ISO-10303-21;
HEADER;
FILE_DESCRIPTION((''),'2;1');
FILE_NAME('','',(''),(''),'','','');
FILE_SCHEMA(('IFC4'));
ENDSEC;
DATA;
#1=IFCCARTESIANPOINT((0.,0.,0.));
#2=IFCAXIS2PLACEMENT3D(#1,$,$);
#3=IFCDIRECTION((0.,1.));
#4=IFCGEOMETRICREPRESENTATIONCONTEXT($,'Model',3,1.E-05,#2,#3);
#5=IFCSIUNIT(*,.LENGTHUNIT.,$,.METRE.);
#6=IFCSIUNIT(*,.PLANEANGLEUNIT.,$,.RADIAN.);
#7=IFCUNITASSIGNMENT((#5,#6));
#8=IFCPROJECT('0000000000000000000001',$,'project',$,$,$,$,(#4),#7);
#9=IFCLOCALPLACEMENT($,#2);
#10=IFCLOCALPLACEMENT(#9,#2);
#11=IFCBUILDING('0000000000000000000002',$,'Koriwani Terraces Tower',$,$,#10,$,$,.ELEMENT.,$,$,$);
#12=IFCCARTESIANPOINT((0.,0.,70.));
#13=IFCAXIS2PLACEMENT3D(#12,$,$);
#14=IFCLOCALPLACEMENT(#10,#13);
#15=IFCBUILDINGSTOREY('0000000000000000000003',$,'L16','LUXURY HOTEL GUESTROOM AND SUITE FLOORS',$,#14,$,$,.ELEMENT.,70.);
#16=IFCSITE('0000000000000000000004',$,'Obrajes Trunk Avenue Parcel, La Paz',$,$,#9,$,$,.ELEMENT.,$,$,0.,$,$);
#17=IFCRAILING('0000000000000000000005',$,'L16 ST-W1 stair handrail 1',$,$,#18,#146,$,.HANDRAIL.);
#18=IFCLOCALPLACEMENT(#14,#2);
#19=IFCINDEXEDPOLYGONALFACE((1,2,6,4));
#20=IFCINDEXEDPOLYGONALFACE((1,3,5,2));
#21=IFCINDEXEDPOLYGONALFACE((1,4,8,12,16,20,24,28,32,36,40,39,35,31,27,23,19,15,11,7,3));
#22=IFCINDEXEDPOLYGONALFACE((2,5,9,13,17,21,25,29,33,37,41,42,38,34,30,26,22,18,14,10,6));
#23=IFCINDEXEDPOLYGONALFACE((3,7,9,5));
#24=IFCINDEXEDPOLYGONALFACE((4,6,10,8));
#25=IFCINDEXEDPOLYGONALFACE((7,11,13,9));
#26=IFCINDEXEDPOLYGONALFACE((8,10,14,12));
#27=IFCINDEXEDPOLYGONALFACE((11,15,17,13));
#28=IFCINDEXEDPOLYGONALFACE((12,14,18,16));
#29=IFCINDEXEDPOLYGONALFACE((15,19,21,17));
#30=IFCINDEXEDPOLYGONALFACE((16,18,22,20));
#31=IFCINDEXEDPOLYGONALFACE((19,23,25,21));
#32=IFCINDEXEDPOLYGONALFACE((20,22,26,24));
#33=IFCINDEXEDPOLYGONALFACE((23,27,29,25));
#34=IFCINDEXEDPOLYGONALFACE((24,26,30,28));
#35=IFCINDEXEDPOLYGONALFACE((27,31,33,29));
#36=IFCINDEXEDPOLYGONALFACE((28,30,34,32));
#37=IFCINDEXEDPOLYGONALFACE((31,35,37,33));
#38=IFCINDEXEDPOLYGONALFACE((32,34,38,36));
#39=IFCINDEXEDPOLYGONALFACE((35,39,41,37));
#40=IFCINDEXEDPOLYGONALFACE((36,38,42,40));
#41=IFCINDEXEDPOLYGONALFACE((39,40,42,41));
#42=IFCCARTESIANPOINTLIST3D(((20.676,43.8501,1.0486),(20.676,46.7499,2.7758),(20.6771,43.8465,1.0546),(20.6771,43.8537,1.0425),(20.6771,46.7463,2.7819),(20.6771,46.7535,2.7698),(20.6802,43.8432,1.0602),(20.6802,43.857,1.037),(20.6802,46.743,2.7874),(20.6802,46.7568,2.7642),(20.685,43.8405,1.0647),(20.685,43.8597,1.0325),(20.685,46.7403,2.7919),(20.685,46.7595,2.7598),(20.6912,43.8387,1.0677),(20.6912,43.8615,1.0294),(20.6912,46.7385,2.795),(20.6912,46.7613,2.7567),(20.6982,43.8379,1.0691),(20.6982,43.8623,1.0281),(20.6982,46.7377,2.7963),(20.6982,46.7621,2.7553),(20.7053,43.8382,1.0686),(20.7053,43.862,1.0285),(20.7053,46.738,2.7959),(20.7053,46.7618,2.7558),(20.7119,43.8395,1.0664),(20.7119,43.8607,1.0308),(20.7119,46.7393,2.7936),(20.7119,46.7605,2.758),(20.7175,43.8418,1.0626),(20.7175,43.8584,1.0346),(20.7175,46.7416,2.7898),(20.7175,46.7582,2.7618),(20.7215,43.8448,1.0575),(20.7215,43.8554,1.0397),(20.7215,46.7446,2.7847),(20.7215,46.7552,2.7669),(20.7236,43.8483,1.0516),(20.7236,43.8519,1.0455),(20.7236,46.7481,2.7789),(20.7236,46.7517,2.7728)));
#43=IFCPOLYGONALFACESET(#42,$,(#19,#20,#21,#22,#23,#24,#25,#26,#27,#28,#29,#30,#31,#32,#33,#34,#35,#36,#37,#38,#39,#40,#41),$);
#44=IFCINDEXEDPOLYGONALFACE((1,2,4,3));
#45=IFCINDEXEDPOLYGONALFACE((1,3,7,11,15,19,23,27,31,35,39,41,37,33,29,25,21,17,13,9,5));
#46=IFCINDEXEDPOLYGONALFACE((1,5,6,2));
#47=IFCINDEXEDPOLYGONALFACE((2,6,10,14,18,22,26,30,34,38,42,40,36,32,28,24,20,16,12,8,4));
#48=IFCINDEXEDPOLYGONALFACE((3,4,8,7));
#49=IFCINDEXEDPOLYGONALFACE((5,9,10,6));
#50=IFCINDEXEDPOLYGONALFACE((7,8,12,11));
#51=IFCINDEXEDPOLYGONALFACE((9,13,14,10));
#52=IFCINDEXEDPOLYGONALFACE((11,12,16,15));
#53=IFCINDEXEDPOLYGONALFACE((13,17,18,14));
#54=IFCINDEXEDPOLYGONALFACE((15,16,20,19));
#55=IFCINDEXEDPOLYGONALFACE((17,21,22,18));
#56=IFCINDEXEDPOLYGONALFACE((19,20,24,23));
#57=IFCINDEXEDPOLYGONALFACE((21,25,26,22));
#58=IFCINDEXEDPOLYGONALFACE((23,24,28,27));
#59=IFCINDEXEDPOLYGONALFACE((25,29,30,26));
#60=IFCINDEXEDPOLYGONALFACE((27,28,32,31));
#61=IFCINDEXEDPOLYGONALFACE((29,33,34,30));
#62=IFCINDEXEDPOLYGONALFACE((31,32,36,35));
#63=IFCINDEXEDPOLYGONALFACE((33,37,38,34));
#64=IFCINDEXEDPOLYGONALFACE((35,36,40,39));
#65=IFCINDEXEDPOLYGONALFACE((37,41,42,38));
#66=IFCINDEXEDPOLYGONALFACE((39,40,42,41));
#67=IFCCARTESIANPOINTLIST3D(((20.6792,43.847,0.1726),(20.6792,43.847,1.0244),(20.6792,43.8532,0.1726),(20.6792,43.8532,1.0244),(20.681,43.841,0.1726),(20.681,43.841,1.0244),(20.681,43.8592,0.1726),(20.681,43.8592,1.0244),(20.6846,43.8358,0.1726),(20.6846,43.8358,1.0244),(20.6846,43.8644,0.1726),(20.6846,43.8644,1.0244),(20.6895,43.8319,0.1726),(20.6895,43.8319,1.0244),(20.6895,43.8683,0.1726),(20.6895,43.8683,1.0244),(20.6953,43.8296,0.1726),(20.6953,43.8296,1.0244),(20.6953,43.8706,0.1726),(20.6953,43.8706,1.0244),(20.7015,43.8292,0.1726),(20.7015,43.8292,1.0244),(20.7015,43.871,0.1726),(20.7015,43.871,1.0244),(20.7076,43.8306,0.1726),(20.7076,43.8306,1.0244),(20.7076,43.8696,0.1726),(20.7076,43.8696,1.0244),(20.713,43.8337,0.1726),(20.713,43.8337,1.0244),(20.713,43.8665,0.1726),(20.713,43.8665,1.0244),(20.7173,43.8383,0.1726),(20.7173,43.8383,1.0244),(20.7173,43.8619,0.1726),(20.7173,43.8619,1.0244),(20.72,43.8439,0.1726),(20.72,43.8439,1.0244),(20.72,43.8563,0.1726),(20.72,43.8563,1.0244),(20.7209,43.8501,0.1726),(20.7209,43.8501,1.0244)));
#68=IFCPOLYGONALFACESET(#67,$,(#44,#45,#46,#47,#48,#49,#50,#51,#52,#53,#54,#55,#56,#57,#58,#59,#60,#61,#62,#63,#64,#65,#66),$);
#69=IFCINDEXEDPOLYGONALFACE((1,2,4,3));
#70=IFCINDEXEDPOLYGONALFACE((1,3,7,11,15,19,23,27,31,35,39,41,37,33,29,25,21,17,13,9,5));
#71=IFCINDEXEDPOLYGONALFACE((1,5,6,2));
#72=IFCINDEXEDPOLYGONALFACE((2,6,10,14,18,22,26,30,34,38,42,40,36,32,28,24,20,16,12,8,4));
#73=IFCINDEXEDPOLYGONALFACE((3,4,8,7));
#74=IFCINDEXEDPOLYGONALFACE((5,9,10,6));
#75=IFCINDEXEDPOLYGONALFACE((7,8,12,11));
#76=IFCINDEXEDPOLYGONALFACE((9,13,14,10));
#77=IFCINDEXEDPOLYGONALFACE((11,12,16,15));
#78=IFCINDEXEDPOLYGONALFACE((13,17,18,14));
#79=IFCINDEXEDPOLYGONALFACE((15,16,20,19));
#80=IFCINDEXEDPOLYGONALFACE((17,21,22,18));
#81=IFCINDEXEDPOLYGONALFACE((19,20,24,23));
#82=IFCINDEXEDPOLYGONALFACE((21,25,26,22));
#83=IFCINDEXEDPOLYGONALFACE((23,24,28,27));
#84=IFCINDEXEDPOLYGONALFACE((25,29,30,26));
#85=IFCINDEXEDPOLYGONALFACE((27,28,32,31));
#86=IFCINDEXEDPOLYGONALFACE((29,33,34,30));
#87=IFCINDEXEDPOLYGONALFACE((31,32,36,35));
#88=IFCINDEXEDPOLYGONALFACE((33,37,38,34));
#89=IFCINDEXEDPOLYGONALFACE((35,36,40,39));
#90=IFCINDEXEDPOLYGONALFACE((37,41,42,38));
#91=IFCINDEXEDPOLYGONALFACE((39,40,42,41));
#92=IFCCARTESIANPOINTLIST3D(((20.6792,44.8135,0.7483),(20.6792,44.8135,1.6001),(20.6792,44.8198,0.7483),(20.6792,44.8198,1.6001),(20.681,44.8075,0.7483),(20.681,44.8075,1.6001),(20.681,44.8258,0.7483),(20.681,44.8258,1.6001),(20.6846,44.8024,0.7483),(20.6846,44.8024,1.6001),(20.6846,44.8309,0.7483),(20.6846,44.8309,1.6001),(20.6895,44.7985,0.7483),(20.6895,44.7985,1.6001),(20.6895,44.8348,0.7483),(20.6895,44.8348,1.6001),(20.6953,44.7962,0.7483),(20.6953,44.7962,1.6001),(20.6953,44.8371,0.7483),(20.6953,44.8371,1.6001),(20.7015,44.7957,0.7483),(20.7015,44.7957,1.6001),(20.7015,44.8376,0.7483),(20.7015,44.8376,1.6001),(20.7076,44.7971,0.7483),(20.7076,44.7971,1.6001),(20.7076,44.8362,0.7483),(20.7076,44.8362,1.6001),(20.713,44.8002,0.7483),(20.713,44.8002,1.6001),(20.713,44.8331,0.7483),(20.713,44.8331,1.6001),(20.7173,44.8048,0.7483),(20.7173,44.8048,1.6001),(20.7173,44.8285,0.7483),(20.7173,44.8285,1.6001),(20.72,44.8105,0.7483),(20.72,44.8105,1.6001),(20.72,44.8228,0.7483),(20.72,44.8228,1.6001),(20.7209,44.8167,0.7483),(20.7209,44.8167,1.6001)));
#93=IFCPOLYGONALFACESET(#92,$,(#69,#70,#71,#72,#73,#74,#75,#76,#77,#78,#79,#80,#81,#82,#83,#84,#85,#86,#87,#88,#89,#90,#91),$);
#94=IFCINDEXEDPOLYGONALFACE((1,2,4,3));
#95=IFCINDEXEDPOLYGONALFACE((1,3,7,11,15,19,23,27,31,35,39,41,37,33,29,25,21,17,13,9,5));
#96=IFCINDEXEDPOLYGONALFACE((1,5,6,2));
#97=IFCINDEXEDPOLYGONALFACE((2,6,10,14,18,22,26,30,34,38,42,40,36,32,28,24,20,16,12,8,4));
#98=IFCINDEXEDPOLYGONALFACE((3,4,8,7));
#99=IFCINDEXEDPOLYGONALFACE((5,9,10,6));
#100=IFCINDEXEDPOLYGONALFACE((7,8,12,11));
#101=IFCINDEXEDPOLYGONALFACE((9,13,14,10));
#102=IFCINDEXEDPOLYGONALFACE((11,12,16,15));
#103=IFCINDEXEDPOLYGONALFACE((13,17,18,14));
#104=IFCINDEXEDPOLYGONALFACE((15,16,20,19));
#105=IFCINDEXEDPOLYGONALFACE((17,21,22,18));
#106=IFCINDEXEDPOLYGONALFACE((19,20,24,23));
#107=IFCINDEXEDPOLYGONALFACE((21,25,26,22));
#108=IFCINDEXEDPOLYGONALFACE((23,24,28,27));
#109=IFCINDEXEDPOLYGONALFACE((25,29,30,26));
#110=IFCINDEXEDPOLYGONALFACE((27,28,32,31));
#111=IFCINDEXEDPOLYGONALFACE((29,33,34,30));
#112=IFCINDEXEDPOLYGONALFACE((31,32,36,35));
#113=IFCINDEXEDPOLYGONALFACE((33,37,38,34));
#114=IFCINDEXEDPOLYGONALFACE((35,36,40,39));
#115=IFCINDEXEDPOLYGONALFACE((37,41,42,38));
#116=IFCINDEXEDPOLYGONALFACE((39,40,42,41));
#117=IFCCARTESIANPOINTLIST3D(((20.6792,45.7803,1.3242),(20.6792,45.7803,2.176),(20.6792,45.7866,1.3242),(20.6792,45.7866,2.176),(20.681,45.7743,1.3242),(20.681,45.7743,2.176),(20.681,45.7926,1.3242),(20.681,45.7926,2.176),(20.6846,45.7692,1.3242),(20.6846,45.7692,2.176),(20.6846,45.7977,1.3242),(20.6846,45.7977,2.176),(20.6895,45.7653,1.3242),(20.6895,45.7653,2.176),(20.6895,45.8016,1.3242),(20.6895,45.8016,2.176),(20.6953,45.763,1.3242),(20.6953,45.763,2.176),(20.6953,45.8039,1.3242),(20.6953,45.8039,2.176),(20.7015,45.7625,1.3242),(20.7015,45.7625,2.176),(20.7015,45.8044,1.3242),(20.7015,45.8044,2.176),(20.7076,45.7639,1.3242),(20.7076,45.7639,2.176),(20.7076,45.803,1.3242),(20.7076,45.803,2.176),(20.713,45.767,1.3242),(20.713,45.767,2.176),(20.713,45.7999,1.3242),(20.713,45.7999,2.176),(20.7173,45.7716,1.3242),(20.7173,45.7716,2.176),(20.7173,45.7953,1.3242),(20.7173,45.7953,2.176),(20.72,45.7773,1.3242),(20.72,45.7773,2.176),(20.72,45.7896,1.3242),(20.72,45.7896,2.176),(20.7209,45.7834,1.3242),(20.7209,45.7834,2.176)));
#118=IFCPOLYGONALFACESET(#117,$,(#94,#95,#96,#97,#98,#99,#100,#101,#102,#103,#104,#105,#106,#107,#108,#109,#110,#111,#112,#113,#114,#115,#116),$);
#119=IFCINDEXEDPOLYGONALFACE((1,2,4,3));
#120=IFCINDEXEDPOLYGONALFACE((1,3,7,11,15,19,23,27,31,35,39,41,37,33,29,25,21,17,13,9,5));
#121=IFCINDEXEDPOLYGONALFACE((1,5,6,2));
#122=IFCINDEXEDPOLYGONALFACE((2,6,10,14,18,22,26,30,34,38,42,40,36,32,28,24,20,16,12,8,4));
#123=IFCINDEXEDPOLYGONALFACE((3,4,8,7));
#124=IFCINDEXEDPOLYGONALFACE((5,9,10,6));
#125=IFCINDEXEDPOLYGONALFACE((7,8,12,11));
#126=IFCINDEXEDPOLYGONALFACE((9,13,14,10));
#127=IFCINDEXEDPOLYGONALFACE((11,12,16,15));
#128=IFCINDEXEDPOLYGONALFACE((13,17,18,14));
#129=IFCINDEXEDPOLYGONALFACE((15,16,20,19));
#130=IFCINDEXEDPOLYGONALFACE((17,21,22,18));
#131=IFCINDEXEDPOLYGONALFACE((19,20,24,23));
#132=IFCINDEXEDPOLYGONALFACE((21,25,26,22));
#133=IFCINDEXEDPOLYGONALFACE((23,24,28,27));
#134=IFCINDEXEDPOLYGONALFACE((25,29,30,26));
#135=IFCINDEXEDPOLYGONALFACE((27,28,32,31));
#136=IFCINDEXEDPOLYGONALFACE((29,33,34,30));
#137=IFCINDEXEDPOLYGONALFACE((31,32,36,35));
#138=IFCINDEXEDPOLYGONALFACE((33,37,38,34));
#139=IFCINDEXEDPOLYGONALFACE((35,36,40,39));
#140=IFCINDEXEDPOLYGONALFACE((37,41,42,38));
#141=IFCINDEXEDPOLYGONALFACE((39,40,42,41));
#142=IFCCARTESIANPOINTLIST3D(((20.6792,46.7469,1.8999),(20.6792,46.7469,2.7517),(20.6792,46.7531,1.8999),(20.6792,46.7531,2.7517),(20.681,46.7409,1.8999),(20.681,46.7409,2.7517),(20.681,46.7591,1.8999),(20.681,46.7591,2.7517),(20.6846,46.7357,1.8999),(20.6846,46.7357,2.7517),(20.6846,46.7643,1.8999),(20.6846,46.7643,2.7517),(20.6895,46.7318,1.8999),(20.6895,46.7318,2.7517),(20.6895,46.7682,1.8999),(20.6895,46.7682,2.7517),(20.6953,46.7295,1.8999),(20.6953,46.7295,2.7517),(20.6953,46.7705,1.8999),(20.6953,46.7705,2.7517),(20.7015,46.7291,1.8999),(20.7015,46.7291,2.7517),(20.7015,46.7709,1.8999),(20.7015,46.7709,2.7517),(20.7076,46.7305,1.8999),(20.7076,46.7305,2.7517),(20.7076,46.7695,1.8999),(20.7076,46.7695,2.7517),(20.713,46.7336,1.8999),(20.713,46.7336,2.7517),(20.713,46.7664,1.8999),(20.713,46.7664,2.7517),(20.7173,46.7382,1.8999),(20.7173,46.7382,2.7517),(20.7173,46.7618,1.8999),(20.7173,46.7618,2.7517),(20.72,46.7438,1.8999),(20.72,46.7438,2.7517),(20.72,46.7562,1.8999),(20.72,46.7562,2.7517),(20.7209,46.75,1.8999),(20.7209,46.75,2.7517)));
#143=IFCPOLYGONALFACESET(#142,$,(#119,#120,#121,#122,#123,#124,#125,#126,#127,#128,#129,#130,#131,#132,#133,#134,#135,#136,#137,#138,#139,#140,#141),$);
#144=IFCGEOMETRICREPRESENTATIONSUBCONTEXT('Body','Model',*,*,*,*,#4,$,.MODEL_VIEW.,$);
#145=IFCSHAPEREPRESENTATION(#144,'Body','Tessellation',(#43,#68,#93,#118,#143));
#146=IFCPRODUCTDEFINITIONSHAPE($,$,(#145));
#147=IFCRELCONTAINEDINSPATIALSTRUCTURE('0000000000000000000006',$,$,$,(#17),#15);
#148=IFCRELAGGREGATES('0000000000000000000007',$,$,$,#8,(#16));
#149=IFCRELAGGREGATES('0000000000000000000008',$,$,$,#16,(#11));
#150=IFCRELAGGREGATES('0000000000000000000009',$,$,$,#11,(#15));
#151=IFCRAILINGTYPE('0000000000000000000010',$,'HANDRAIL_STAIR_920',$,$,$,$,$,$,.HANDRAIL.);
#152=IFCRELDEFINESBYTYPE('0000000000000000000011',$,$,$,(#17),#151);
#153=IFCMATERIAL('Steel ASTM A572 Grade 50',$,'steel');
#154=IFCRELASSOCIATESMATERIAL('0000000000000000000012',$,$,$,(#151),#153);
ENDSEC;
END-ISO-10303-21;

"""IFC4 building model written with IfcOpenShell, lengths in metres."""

from ifc_helpers import new_model, si_unit, direction, frame, origin, origin_2d, place, context, subcontext, project, spatial, circle, extrude, material, type_object, element, save


model = new_model("IFC4")

# Units and contexts
model_context = context("Model", 3, precision=1e-05, world=origin(), true_north=direction((0.0, 1.0)))
body_context = subcontext(model_context, "Body", "Model", "MODEL_VIEW")
ifc_project = project(units=[si_unit("LENGTHUNIT", "METRE"), si_unit("PLANEANGLEUNIT", "RADIAN")], contexts=[model_context])

# Site, building, storey
site_placement = place(None, origin())
site = spatial("IfcSite", under=ifc_project, at=site_placement, Name="Obrajes Trunk Avenue Parcel, La Paz", CompositionType="ELEMENT", RefElevation=0.0)
building_placement = place(site_placement, origin())
building = spatial("IfcBuilding", under=site, at=building_placement, Name="Koriwani Terraces Tower", CompositionType="ELEMENT")
storey_placement = place(building_placement, frame((0.0, 0.0, 70.0)))
storey = spatial("IfcBuildingStorey", under=building, at=storey_placement, Name="L16", Description="LUXURY HOTEL GUESTROOM AND SUITE FLOORS", CompositionType="ELEMENT", Elevation=70.0)

# Shared definitions
ifc_material_1 = material(Name="Steel ASTM A572 Grade 50", Category="steel")

# Railing
railing_type_1 = type_object("IfcRailingType", Name="HANDRAIL_STAIR_920", PredefinedType="HANDRAIL", material=ifc_material_1)
railing_1_placement = place(storey_placement, frame((20.7, 43.8501, 0.1726)))
element("IfcRailing", 1, at=railing_1_placement, inside=storey, type_object=railing_type_1, Name="L16 ST-W1 stair handrail 1", PredefinedType="HANDRAIL", context=body_context, shape_type="SweptSolid", body=[
    extrude(circle(Radius=0.0239, at=origin_2d()), frame((0.0, 0.0, 0.876), z_axis=(0.0, 0.859141, 0.511738), x_axis=(-1.0, 0.0, 0.0)), (0.0, 0.0, 1.0), 3.3752),
    extrude(circle(Radius=0.021, at=origin_2d()), origin(), (0.0, 0.0, 1.0), 0.8518),
    extrude(circle(Radius=0.021, at=origin_2d()), frame((0.0, 0.9666, 0.5757)), (0.0, 0.0, 1.0), 0.8518),
    extrude(circle(Radius=0.021, at=origin_2d()), frame((0.0, 1.9333, 1.1516)), (0.0, 0.0, 1.0), 0.8518),
    extrude(circle(Radius=0.021, at=origin_2d()), frame((0.0, 2.8999, 1.7273)), (0.0, 0.0, 1.0), 0.8518),
])

save(model, "model.ifc")
